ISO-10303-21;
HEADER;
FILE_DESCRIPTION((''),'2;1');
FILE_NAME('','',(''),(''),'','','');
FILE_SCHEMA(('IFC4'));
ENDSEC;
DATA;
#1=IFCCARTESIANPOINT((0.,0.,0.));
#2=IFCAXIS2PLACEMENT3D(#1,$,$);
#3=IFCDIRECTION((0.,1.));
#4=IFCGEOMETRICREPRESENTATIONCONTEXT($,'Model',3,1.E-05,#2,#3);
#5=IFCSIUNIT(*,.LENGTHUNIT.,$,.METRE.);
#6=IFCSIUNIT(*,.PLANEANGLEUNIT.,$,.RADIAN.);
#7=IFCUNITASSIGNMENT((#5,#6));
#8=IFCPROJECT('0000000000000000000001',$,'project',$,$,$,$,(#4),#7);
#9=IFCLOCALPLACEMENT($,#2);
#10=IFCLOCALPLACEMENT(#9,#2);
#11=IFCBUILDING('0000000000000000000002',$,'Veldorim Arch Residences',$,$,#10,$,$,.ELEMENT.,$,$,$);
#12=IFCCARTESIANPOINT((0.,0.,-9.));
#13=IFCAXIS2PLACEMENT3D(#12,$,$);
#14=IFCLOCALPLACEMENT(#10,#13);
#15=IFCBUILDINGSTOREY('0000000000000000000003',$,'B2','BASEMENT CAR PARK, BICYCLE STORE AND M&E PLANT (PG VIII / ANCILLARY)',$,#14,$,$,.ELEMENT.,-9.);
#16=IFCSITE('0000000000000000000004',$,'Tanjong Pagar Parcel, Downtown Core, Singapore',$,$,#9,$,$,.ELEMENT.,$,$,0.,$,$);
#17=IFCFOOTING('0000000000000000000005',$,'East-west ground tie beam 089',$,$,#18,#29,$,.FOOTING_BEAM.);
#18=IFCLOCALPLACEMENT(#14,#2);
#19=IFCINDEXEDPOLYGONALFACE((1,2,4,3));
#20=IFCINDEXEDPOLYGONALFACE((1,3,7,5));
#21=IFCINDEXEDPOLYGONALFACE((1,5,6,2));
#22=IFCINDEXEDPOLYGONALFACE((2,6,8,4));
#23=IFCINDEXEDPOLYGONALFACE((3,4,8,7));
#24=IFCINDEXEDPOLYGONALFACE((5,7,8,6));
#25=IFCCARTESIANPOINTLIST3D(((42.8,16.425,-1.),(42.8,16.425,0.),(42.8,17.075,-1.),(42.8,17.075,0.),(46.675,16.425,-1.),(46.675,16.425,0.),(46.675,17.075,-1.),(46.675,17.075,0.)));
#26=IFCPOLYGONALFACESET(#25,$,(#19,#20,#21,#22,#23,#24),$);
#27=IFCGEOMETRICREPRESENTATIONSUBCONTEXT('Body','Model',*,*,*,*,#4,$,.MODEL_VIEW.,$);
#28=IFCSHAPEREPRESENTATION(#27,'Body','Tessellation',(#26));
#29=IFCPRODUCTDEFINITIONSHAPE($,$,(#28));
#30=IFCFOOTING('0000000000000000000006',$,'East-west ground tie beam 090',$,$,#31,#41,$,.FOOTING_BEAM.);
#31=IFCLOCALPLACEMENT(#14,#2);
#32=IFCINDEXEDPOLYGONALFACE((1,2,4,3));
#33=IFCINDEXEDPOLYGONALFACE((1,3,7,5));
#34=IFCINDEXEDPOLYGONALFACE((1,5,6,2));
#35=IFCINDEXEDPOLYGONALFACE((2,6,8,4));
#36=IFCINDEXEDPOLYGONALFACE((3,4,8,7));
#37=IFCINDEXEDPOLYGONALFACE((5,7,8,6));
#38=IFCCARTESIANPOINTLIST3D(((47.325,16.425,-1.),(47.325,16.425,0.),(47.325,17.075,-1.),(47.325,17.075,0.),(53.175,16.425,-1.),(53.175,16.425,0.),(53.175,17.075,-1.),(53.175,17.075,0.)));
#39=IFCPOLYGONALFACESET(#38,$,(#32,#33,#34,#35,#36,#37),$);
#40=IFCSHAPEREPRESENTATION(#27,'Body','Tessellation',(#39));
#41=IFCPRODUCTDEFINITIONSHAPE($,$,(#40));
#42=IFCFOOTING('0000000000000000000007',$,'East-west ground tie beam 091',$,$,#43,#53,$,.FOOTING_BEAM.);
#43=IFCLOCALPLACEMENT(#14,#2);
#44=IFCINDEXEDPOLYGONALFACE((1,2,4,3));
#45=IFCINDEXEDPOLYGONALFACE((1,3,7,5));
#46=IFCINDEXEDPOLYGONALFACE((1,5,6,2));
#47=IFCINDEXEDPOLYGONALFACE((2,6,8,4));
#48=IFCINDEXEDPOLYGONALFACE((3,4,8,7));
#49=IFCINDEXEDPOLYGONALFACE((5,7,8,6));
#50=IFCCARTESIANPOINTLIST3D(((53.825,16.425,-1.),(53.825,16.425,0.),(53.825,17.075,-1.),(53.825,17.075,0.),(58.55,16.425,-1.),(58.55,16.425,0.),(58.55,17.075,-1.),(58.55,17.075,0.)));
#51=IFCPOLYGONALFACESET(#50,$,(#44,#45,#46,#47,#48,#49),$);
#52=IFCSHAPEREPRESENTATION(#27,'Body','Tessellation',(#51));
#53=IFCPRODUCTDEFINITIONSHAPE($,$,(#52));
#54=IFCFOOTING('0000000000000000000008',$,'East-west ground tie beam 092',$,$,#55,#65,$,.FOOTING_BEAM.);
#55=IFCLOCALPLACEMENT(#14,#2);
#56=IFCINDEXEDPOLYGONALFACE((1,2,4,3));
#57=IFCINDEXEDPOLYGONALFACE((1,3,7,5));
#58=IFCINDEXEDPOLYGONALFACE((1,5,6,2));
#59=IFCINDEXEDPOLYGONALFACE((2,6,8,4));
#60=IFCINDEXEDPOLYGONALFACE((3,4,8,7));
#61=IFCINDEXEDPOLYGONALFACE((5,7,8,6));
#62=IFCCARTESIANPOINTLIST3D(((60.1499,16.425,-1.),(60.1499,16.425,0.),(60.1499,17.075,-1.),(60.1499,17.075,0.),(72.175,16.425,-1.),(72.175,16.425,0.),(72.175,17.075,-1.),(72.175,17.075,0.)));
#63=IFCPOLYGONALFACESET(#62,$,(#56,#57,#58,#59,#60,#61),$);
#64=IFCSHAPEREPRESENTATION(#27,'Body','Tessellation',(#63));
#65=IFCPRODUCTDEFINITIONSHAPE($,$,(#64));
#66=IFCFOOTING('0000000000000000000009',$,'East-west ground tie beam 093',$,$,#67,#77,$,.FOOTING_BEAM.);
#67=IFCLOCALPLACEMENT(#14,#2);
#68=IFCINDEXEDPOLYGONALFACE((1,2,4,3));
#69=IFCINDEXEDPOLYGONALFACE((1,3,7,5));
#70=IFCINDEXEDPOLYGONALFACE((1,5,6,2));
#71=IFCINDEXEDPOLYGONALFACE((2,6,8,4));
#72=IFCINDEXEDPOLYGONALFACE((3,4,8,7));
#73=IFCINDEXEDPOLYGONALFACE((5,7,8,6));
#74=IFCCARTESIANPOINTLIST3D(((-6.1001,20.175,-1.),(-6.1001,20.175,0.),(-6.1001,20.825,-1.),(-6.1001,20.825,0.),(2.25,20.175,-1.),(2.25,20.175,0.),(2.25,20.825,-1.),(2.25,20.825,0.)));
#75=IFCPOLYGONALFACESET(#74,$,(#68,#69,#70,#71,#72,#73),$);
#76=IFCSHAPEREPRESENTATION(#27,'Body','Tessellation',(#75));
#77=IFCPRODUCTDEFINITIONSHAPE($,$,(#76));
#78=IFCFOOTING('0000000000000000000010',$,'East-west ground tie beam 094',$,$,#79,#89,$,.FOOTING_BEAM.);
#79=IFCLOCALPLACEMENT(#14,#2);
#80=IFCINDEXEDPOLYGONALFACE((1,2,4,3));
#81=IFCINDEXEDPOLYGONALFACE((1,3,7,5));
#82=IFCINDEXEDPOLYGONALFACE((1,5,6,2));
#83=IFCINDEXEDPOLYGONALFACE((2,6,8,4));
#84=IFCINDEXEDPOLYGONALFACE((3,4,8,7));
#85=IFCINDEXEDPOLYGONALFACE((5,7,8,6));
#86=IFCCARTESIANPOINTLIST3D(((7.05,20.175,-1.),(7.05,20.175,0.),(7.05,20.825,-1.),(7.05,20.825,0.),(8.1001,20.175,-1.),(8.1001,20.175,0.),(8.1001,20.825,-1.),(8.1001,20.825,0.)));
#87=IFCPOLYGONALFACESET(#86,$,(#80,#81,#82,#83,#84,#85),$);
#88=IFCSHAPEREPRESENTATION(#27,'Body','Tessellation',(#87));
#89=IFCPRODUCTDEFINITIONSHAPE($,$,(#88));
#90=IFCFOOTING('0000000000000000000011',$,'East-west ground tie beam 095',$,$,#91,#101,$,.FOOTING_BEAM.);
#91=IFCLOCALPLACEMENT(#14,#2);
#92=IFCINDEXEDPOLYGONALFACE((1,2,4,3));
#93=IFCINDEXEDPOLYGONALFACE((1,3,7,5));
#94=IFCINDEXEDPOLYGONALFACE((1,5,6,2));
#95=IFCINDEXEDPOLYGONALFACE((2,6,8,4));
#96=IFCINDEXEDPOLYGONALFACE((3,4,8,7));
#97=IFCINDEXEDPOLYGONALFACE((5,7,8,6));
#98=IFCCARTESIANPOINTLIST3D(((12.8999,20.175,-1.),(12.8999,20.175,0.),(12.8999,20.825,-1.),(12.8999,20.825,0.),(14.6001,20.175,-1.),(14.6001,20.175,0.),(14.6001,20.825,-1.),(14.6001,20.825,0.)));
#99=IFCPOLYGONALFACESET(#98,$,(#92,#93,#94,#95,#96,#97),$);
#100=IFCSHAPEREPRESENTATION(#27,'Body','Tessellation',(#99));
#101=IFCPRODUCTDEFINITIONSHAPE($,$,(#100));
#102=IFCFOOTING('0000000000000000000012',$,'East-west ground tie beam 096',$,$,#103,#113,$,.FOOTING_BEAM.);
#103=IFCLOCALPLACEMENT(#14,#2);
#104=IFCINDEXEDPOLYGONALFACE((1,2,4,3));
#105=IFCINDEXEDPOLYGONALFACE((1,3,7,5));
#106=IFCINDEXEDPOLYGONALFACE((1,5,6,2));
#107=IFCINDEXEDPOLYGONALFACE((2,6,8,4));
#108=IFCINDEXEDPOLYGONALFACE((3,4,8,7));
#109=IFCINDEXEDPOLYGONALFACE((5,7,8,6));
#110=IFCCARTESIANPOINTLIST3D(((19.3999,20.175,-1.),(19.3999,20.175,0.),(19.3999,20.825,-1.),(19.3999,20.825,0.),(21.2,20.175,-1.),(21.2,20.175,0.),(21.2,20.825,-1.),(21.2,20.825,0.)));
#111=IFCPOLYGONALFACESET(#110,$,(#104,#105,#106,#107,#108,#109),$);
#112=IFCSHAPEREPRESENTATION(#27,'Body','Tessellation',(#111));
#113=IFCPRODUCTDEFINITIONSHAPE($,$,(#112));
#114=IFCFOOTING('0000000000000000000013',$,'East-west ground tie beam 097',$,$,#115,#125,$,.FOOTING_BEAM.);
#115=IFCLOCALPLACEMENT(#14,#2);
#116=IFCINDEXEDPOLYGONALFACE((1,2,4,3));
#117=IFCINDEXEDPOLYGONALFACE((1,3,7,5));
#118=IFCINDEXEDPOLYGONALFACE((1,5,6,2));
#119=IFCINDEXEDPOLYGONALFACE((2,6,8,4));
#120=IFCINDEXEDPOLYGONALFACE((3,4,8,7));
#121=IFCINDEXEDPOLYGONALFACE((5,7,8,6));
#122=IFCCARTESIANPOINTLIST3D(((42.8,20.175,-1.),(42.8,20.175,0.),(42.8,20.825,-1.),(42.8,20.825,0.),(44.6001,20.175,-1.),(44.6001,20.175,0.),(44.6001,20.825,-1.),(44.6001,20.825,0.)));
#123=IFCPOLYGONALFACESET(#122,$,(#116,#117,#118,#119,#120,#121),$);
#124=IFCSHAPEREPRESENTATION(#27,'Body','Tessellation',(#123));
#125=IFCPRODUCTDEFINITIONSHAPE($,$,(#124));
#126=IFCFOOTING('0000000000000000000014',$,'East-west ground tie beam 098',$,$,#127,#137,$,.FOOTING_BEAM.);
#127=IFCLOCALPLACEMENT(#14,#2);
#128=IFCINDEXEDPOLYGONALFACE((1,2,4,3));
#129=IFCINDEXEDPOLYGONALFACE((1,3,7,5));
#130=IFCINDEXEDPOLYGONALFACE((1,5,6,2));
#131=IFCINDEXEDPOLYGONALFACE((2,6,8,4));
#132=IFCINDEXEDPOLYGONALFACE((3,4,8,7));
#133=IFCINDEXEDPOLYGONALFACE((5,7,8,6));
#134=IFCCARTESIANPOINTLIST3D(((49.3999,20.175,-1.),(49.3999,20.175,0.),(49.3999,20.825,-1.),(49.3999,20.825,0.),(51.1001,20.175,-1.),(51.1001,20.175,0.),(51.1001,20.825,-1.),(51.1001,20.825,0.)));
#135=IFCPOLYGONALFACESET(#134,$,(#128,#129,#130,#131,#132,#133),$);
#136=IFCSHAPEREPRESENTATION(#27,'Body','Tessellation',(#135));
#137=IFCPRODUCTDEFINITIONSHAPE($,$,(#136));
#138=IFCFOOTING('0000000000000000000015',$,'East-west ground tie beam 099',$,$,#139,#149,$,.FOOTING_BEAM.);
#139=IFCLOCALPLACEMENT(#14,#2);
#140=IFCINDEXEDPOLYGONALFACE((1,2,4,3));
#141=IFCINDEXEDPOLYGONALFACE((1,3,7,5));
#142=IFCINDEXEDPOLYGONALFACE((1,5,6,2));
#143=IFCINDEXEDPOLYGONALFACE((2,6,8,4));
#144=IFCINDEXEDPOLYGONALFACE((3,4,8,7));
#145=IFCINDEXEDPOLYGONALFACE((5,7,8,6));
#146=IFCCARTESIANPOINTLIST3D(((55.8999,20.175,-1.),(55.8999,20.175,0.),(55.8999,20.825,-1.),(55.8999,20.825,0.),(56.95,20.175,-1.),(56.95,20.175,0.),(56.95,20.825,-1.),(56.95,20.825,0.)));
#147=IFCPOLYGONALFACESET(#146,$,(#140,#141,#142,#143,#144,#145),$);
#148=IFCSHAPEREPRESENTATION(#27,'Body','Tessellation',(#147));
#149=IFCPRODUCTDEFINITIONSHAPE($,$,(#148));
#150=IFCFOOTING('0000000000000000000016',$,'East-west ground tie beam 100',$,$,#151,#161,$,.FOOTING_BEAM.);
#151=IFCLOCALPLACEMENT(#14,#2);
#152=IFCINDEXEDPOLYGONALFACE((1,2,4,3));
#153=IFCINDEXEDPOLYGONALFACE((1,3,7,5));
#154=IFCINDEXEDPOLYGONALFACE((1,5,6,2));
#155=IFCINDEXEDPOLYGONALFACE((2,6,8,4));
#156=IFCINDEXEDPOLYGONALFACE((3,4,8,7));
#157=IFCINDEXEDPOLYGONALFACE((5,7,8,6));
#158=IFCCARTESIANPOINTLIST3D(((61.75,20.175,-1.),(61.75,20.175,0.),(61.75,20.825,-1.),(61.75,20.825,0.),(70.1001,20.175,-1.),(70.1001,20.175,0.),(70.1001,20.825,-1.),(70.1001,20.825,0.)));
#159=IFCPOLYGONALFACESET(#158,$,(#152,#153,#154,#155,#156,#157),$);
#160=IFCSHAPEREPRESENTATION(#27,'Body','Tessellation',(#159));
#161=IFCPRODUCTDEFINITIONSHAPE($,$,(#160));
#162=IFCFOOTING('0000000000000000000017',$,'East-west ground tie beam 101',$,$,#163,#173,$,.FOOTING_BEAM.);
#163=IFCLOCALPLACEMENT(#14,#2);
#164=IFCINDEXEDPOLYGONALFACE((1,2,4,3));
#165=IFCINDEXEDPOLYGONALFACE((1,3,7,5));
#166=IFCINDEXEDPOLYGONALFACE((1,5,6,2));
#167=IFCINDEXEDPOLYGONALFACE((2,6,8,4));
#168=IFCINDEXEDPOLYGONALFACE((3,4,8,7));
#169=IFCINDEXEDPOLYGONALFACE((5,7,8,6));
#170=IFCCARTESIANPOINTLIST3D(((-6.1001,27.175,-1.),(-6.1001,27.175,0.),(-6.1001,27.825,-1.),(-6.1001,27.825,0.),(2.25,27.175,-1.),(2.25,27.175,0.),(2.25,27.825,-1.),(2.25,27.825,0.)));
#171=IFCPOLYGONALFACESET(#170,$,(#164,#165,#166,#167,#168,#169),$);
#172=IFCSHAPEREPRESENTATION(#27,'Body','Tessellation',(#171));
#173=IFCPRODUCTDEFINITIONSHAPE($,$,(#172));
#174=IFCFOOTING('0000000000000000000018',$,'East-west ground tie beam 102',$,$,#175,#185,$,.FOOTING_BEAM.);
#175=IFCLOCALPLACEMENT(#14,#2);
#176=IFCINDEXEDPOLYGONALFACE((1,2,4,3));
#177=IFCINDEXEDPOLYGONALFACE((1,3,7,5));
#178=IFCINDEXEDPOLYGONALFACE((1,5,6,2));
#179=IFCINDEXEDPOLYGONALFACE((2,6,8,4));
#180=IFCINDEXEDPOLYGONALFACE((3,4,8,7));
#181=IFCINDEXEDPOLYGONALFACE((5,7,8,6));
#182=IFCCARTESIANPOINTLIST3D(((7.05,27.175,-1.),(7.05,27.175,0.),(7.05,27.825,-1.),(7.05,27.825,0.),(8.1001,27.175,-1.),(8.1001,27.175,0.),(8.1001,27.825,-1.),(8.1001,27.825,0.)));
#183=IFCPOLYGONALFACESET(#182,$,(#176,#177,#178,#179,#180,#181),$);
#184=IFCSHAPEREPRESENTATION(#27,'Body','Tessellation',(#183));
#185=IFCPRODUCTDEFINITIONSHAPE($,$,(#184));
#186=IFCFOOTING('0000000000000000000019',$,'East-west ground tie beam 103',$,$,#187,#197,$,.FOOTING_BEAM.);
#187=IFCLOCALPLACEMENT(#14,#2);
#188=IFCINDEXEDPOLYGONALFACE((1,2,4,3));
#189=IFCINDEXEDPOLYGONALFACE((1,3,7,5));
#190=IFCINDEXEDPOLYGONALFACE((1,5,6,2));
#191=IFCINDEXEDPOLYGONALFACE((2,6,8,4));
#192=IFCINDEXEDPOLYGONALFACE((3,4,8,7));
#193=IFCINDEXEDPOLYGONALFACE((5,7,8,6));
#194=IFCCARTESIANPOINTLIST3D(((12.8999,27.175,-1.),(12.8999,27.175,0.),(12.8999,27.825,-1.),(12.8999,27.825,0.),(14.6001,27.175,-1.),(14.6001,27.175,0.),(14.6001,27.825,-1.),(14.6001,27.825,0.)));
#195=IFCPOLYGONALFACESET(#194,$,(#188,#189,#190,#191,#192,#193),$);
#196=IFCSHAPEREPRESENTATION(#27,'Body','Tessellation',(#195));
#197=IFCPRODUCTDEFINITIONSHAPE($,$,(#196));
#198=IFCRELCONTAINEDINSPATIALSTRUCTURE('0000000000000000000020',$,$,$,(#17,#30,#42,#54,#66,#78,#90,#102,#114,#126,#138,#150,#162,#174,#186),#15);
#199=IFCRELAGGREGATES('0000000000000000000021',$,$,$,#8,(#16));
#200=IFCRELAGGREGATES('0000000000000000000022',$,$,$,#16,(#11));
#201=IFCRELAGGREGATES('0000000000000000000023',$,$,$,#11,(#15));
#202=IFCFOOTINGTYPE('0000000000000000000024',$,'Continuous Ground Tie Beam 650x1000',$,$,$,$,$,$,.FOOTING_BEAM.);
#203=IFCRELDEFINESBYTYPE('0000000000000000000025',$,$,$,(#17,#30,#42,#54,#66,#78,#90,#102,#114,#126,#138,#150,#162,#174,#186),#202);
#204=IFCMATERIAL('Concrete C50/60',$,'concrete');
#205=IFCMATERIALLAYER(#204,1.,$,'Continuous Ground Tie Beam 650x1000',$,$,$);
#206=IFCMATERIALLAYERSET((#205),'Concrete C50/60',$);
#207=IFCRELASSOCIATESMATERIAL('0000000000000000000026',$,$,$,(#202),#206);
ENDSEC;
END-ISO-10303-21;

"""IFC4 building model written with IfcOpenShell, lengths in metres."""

from ifc_helpers import new_model, si_unit, direction, frame, origin, place, context, subcontext, project, spatial, polyline, outline, extrude, material, layer, layer_set, type_object, element, save


model = new_model("IFC4")

# Units and contexts
model_context = context("Model", 3, precision=1e-05, world=origin(), true_north=direction((0.0, 1.0)))
body_context = subcontext(model_context, "Body", "Model", "MODEL_VIEW")
ifc_project = project(units=[si_unit("LENGTHUNIT", "METRE"), si_unit("PLANEANGLEUNIT", "RADIAN")], contexts=[model_context])

# Site, building, storey
site_placement = place(None, origin())
site = spatial("IfcSite", under=ifc_project, at=site_placement, Name="Tanjong Pagar Parcel, Downtown Core, Singapore", CompositionType="ELEMENT", RefElevation=0.0)
building_placement = place(site_placement, origin())
building = spatial("IfcBuilding", under=site, at=building_placement, Name="Veldorim Arch Residences", CompositionType="ELEMENT")
storey_placement = place(building_placement, frame((0.0, 0.0, -9.0)))
storey = spatial("IfcBuildingStorey", under=building, at=storey_placement, Name="B2", Description="BASEMENT CAR PARK, BICYCLE STORE AND M&E PLANT (PG VIII / ANCILLARY)", CompositionType="ELEMENT", Elevation=-9.0)

# Footings
ifc_material = material(Name="Concrete C50/60", Category="concrete")
ifc_layer = layer(ifc_material, 1.0, Name="Continuous Ground Tie Beam 650x1000")
ifc_layer_set = layer_set([ifc_layer], Name="Concrete C50/60")
footing_type = type_object("IfcFootingType", Name="Continuous Ground Tie Beam 650x1000", PredefinedType="FOOTING_BEAM", material=ifc_layer_set)
footing_1_placement = place(storey_placement, frame((0.0, 0.0, -1.0)))
element("IfcFooting", 1, at=footing_1_placement, inside=storey, type_object=footing_type, Name="East-west ground tie beam 089", PredefinedType="FOOTING_BEAM", context=body_context, shape_type="SweptSolid", body=[
    extrude(outline(polyline([(42.8, 16.425), (46.675, 16.425), (46.675, 17.075), (42.8, 17.075), (42.8, 16.425)])), origin(), (0.0, 0.0, 1.0), 1.0),
])
footing_2_placement = place(storey_placement, frame((0.0, 0.0, -1.0)))
element("IfcFooting", 2, at=footing_2_placement, inside=storey, type_object=footing_type, Name="East-west ground tie beam 090", PredefinedType="FOOTING_BEAM", context=body_context, shape_type="SweptSolid", body=[
    extrude(outline(polyline([(47.325, 16.425), (53.175, 16.425), (53.175, 17.075), (47.325, 17.075), (47.325, 16.425)])), origin(), (0.0, 0.0, 1.0), 1.0),
])
footing_3_placement = place(storey_placement, frame((0.0, 0.0, -1.0)))
element("IfcFooting", 3, at=footing_3_placement, inside=storey, type_object=footing_type, Name="East-west ground tie beam 091", PredefinedType="FOOTING_BEAM", context=body_context, shape_type="SweptSolid", body=[
    extrude(outline(polyline([(53.825, 16.425), (58.55, 16.425), (58.55, 17.075), (53.825, 17.075), (53.825, 16.425)])), origin(), (0.0, 0.0, 1.0), 1.0),
])
footing_4_placement = place(storey_placement, frame((0.0, 0.0, -1.0)))
element("IfcFooting", 4, at=footing_4_placement, inside=storey, type_object=footing_type, Name="East-west ground tie beam 092", PredefinedType="FOOTING_BEAM", context=body_context, shape_type="SweptSolid", body=[
    extrude(outline(polyline([(60.1499, 16.425), (72.175, 16.425), (72.175, 17.075), (60.1499, 17.075), (60.1499, 16.425)])), origin(), (0.0, 0.0, 1.0), 1.0),
])
footing_5_placement = place(storey_placement, frame((0.0, 0.0, -1.0)))
element("IfcFooting", 5, at=footing_5_placement, inside=storey, type_object=footing_type, Name="East-west ground tie beam 093", PredefinedType="FOOTING_BEAM", context=body_context, shape_type="SweptSolid", body=[
    extrude(outline(polyline([(-6.1001, 20.175), (2.25, 20.175), (2.25, 20.825), (-6.1001, 20.825), (-6.1001, 20.175)])), origin(), (0.0, 0.0, 1.0), 1.0),
])
footing_6_placement = place(storey_placement, frame((0.0, 0.0, -1.0)))
element("IfcFooting", 6, at=footing_6_placement, inside=storey, type_object=footing_type, Name="East-west ground tie beam 094", PredefinedType="FOOTING_BEAM", context=body_context, shape_type="SweptSolid", body=[
    extrude(outline(polyline([(7.05, 20.175), (8.1001, 20.175), (8.1001, 20.825), (7.05, 20.825), (7.05, 20.175)])), origin(), (0.0, 0.0, 1.0), 1.0),
])
footing_7_placement = place(storey_placement, frame((0.0, 0.0, -1.0)))
element("IfcFooting", 7, at=footing_7_placement, inside=storey, type_object=footing_type, Name="East-west ground tie beam 095", PredefinedType="FOOTING_BEAM", context=body_context, shape_type="SweptSolid", body=[
    extrude(outline(polyline([(12.8999, 20.175), (14.6001, 20.175), (14.6001, 20.825), (12.8999, 20.825), (12.8999, 20.175)])), origin(), (0.0, 0.0, 1.0), 1.0),
])
footing_8_placement = place(storey_placement, frame((0.0, 0.0, -1.0)))
element("IfcFooting", 8, at=footing_8_placement, inside=storey, type_object=footing_type, Name="East-west ground tie beam 096", PredefinedType="FOOTING_BEAM", context=body_context, shape_type="SweptSolid", body=[
    extrude(outline(polyline([(19.3999, 20.175), (21.2, 20.175), (21.2, 20.825), (19.3999, 20.825), (19.3999, 20.175)])), origin(), (0.0, 0.0, 1.0), 1.0),
])
footing_9_placement = place(storey_placement, frame((0.0, 0.0, -1.0)))
element("IfcFooting", 9, at=footing_9_placement, inside=storey, type_object=footing_type, Name="East-west ground tie beam 097", PredefinedType="FOOTING_BEAM", context=body_context, shape_type="SweptSolid", body=[
    extrude(outline(polyline([(42.8, 20.175), (44.6001, 20.175), (44.6001, 20.825), (42.8, 20.825), (42.8, 20.175)])), origin(), (0.0, 0.0, 1.0), 1.0),
])
footing_10_placement = place(storey_placement, frame((0.0, 0.0, -1.0)))
element("IfcFooting", 10, at=footing_10_placement, inside=storey, type_object=footing_type, Name="East-west ground tie beam 098", PredefinedType="FOOTING_BEAM", context=body_context, shape_type="SweptSolid", body=[
    extrude(outline(polyline([(49.3999, 20.175), (51.1001, 20.175), (51.1001, 20.825), (49.3999, 20.825), (49.3999, 20.175)])), origin(), (0.0, 0.0, 1.0), 1.0),
])
footing_11_placement = place(storey_placement, frame((0.0, 0.0, -1.0)))
element("IfcFooting", 11, at=footing_11_placement, inside=storey, type_object=footing_type, Name="East-west ground tie beam 099", PredefinedType="FOOTING_BEAM", context=body_context, shape_type="SweptSolid", body=[
    extrude(outline(polyline([(55.8999, 20.175), (56.95, 20.175), (56.95, 20.825), (55.8999, 20.825), (55.8999, 20.175)])), origin(), (0.0, 0.0, 1.0), 1.0),
])
footing_12_placement = place(storey_placement, frame((0.0, 0.0, -1.0)))
element("IfcFooting", 12, at=footing_12_placement, inside=storey, type_object=footing_type, Name="East-west ground tie beam 100", PredefinedType="FOOTING_BEAM", context=body_context, shape_type="SweptSolid", body=[
    extrude(outline(polyline([(61.75, 20.175), (70.1001, 20.175), (70.1001, 20.825), (61.75, 20.825), (61.75, 20.175)])), origin(), (0.0, 0.0, 1.0), 1.0),
])
footing_13_placement = place(storey_placement, frame((0.0, 0.0, -1.0)))
element("IfcFooting", 13, at=footing_13_placement, inside=storey, type_object=footing_type, Name="East-west ground tie beam 101", PredefinedType="FOOTING_BEAM", context=body_context, shape_type="SweptSolid", body=[
    extrude(outline(polyline([(-6.1001, 27.175), (2.25, 27.175), (2.25, 27.825), (-6.1001, 27.825), (-6.1001, 27.175)])), origin(), (0.0, 0.0, 1.0), 1.0),
])
footing_14_placement = place(storey_placement, frame((0.0, 0.0, -1.0)))
element("IfcFooting", 14, at=footing_14_placement, inside=storey, type_object=footing_type, Name="East-west ground tie beam 102", PredefinedType="FOOTING_BEAM", context=body_context, shape_type="SweptSolid", body=[
    extrude(outline(polyline([(7.05, 27.175), (8.1001, 27.175), (8.1001, 27.825), (7.05, 27.825), (7.05, 27.175)])), origin(), (0.0, 0.0, 1.0), 1.0),
])
footing_15_placement = place(storey_placement, frame((0.0, 0.0, -1.0)))
element("IfcFooting", 15, at=footing_15_placement, inside=storey, type_object=footing_type, Name="East-west ground tie beam 103", PredefinedType="FOOTING_BEAM", context=body_context, shape_type="SweptSolid", body=[
    extrude(outline(polyline([(12.8999, 27.175), (14.6001, 27.175), (14.6001, 27.825), (12.8999, 27.825), (12.8999, 27.175)])), origin(), (0.0, 0.0, 1.0), 1.0),
])

save(model, "model.ifc")
